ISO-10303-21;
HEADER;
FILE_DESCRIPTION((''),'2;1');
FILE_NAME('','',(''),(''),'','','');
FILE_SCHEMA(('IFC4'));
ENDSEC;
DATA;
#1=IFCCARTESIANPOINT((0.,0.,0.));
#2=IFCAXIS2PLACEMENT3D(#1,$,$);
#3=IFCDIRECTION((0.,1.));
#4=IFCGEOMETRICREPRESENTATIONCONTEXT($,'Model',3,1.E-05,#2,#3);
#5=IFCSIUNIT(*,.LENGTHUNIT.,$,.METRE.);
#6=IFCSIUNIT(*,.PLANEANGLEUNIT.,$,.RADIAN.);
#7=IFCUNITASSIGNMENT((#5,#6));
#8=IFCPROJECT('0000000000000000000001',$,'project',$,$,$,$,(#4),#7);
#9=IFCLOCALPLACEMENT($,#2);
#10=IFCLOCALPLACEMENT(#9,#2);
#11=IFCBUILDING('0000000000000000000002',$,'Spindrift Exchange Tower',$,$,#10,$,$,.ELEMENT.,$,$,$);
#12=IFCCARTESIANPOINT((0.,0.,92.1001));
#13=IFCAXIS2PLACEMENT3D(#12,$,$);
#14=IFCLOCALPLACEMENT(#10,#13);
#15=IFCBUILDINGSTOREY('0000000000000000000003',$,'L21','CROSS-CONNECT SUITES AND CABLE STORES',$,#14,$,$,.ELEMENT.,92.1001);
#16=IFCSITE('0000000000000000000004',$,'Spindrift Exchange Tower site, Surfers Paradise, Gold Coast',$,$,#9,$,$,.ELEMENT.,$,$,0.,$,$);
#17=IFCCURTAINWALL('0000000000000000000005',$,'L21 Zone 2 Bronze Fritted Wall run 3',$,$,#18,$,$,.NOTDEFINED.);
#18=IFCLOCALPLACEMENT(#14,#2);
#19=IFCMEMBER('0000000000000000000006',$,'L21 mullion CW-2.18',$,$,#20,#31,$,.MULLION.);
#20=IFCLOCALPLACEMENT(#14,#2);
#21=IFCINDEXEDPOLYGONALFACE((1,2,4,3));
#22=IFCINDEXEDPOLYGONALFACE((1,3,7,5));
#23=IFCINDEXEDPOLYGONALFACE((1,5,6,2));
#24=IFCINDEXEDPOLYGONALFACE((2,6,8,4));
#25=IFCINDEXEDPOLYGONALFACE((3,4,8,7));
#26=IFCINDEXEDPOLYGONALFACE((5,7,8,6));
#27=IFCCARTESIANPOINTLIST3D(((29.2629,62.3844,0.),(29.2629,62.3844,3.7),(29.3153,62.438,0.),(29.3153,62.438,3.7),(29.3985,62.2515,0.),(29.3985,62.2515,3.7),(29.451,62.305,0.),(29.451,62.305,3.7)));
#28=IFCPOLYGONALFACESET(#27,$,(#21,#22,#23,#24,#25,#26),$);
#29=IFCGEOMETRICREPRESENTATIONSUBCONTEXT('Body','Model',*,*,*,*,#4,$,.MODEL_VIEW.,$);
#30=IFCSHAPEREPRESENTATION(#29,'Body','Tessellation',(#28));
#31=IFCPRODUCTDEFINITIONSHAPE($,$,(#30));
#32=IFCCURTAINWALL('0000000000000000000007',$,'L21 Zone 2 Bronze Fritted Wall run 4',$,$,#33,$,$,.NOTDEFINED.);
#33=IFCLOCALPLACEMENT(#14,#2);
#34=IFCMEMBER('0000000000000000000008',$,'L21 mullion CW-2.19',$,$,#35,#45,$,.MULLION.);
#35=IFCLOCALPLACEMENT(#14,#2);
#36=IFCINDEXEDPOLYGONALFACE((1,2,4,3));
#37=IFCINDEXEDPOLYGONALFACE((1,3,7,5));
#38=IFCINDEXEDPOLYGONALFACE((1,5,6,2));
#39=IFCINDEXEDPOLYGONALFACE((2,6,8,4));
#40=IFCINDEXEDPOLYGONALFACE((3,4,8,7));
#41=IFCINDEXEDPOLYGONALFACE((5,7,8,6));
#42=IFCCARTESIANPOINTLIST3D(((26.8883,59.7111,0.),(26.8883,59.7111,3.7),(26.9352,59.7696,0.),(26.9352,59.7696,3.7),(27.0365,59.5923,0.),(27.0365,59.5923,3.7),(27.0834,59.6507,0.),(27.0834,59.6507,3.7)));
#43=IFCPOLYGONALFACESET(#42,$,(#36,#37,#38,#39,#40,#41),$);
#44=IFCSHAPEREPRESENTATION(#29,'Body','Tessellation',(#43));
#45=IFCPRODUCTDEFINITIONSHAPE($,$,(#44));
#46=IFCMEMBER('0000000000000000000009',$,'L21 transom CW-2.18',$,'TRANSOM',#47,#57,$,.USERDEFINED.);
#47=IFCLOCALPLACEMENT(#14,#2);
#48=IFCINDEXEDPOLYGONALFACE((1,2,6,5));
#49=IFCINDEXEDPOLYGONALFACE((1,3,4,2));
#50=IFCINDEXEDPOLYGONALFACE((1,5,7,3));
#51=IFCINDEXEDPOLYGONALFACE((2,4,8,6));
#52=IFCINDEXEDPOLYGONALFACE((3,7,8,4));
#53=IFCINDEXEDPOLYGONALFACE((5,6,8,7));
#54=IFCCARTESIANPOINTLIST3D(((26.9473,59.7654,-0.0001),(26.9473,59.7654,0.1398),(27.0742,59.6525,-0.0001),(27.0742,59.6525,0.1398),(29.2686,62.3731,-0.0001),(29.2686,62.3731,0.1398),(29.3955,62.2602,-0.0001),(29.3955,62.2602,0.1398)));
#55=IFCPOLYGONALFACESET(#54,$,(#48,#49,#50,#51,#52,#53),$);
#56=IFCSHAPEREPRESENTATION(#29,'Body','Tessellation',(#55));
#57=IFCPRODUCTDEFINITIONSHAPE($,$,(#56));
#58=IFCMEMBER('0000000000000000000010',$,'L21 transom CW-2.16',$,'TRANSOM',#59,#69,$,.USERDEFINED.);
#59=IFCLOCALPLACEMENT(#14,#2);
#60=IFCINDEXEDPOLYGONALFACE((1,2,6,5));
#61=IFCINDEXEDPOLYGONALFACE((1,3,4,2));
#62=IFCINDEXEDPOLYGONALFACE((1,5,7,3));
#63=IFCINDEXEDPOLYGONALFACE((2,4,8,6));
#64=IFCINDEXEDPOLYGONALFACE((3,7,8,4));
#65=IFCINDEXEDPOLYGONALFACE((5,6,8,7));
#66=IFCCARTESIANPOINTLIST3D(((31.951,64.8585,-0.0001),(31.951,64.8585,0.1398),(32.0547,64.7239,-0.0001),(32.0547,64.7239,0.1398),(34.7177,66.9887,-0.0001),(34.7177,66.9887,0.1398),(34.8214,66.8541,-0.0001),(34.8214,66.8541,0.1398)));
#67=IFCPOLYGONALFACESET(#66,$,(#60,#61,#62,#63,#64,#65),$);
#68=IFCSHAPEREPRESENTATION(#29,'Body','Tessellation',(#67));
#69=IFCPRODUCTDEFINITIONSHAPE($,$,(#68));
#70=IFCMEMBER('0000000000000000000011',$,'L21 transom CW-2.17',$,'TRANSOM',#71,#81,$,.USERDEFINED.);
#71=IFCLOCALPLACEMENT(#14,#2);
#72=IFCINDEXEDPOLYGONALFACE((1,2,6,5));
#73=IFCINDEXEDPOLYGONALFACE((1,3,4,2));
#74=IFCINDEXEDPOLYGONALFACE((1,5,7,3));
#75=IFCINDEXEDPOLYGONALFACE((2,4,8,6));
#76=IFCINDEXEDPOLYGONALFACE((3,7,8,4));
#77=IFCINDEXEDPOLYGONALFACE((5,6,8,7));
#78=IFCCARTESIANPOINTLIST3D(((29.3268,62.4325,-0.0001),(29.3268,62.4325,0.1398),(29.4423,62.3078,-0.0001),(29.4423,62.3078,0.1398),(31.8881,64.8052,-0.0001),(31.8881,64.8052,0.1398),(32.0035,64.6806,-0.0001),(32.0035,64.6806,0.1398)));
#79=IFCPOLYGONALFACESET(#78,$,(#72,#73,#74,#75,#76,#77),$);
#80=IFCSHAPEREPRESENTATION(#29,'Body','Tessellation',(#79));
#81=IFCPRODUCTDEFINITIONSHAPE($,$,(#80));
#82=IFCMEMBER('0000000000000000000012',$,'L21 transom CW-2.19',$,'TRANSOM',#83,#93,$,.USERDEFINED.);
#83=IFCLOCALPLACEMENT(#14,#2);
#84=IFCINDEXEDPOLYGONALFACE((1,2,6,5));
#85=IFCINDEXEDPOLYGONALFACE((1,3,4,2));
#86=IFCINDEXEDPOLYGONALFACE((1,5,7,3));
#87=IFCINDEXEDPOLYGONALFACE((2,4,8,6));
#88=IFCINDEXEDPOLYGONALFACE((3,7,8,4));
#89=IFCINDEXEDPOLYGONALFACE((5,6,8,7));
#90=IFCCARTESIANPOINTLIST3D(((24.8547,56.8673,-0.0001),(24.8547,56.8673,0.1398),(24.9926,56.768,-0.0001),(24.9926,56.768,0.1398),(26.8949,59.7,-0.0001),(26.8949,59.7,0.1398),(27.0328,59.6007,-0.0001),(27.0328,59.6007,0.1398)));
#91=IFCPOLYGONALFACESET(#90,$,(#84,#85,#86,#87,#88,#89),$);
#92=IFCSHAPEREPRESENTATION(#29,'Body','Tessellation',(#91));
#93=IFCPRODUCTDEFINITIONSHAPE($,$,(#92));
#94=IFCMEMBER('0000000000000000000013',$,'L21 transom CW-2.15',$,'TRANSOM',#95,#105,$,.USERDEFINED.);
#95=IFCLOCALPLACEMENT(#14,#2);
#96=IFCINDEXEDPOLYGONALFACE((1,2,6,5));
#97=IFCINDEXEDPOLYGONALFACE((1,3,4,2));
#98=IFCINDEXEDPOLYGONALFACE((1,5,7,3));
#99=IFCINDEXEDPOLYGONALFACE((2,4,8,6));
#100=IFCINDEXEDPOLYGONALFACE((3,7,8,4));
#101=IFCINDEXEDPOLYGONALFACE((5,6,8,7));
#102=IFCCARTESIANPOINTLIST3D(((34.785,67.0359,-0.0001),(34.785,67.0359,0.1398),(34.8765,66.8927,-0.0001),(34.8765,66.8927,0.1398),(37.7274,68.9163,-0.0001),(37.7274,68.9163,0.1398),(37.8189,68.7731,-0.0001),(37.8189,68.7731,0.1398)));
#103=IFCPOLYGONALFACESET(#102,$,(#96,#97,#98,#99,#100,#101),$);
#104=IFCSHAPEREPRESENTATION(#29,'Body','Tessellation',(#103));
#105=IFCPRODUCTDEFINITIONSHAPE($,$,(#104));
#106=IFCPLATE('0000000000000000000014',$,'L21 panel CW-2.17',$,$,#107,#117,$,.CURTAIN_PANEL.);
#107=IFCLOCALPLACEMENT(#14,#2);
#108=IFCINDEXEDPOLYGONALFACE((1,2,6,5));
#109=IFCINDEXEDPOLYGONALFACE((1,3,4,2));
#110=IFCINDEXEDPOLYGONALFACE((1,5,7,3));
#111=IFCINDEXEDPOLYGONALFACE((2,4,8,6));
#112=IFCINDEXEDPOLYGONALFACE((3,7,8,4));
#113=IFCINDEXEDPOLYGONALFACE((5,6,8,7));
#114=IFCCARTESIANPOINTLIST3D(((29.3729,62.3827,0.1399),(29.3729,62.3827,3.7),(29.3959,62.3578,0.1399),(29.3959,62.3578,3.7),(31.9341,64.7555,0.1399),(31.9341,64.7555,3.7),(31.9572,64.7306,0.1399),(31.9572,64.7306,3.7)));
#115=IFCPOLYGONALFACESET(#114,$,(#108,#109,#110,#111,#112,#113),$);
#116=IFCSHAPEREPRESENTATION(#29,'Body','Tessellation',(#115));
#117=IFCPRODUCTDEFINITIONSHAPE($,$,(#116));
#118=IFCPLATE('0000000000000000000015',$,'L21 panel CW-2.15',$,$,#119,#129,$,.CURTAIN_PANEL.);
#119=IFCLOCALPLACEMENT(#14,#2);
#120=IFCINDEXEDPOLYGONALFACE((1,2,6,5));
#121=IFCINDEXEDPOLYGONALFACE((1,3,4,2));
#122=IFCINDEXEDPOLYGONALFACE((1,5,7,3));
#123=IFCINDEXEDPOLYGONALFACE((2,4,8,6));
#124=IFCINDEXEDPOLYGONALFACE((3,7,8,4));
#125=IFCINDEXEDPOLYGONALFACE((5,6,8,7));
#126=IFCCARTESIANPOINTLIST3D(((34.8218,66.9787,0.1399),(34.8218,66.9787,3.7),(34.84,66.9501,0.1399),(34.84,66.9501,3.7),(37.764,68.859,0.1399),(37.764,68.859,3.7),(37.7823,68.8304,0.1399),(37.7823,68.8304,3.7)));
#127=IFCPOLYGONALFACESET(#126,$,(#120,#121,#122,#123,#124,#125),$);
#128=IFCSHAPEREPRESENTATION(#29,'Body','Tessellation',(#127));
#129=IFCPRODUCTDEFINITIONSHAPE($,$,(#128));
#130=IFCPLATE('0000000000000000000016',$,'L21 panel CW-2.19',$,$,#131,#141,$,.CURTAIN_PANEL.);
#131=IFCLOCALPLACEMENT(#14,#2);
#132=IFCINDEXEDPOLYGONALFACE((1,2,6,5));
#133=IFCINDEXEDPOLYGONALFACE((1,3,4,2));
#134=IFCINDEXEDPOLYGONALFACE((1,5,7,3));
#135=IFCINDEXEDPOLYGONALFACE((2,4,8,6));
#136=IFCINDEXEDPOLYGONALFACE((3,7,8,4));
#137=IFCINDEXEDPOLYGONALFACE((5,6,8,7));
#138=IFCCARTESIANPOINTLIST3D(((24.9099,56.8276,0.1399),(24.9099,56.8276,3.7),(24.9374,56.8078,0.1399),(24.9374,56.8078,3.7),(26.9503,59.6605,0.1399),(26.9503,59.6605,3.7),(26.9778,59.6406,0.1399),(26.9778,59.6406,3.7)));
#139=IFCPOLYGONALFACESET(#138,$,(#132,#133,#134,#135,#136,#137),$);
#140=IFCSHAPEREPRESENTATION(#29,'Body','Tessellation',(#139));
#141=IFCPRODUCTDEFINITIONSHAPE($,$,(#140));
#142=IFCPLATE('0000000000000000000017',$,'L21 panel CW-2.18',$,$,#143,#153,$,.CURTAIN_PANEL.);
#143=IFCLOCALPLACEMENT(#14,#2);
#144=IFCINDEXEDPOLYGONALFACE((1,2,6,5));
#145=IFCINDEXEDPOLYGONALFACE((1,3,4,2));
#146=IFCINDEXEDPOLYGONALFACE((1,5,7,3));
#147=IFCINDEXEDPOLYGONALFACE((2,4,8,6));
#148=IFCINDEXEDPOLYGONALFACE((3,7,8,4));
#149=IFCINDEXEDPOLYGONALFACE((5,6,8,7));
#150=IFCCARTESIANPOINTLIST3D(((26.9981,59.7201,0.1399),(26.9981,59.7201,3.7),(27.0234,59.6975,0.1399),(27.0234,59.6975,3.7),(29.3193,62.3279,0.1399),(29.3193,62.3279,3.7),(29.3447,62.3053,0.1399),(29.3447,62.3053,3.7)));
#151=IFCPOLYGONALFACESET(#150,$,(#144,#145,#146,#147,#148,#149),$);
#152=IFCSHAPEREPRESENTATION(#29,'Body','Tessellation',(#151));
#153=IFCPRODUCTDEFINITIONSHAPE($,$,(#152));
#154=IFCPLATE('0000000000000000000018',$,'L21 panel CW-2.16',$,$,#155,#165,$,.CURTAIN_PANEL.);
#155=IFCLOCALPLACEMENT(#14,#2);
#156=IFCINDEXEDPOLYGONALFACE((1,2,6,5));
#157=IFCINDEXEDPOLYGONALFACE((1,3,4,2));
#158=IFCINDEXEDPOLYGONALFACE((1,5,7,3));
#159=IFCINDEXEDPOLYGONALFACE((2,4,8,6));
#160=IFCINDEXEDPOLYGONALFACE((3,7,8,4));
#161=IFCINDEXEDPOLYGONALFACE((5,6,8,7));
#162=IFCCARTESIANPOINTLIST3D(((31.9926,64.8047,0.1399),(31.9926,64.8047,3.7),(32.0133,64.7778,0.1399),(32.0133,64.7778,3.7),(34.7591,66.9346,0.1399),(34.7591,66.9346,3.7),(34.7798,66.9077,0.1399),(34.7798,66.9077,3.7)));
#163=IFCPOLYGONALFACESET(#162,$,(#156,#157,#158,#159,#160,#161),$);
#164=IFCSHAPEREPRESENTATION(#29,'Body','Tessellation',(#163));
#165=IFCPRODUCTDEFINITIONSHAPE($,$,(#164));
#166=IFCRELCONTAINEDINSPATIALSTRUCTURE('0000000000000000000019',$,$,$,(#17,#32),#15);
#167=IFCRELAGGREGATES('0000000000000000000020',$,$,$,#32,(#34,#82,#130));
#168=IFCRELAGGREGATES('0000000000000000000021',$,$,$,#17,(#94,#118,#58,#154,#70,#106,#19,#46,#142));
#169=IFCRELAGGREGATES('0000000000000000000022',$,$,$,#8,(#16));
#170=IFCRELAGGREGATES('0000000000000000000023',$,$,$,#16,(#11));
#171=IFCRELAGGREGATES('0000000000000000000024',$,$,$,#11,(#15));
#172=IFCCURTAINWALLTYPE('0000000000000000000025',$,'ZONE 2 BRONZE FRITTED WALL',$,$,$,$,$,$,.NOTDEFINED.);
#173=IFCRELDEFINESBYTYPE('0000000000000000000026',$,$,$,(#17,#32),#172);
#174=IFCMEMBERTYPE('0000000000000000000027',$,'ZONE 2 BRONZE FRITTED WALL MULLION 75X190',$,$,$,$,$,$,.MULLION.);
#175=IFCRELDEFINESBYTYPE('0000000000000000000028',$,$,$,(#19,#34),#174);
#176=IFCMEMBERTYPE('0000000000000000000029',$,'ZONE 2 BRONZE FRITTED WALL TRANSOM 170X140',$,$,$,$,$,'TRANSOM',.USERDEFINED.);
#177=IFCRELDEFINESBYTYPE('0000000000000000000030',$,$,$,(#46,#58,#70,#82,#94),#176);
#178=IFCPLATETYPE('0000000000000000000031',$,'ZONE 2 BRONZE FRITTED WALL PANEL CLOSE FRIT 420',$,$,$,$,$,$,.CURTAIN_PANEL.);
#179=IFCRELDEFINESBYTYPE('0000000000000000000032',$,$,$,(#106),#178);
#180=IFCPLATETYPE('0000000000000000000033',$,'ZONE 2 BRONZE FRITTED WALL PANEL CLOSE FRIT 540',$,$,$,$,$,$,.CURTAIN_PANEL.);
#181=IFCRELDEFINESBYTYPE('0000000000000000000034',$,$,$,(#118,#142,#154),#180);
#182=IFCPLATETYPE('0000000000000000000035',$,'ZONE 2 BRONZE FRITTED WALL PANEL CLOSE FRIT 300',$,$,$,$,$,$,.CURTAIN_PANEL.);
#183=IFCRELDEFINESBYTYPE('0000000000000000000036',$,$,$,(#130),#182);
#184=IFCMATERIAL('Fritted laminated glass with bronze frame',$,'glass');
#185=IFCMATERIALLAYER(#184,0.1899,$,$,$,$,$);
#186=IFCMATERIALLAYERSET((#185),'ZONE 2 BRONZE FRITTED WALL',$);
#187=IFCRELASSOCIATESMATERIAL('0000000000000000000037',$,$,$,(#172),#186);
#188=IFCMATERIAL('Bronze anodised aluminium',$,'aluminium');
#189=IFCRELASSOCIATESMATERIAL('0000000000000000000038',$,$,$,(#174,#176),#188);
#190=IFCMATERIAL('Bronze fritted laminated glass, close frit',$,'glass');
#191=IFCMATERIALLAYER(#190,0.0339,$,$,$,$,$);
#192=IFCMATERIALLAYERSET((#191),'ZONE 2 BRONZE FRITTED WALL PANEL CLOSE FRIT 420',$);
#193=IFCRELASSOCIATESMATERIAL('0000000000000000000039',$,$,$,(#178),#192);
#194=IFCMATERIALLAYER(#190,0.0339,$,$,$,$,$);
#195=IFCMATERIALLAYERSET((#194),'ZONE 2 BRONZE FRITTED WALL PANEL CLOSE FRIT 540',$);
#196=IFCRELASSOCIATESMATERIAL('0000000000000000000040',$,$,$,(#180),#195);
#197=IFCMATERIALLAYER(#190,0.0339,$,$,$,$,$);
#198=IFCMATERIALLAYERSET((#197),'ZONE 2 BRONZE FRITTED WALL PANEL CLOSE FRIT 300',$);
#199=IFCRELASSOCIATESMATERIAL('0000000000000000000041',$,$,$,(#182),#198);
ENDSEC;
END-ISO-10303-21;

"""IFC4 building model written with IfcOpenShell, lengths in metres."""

from ifc_helpers import new_model, si_unit, direction, frame, origin, origin_2d, place, context, subcontext, project, spatial, rectangle, extrude, source, transform, mapped, material, layer, layer_set, material_profile, profile_set, type_object, element, aggregate, save


model = new_model("IFC4")

# Units and contexts
model_context = context("Model", 3, precision=1e-05, world=origin(), true_north=direction((0.0, 1.0)))
body_context = subcontext(model_context, "Body", "Model", "MODEL_VIEW")
ifc_project = project(units=[si_unit("LENGTHUNIT", "METRE"), si_unit("PLANEANGLEUNIT", "RADIAN")], contexts=[model_context])

# Site, building, storey
site_placement = place(None, origin())
site = spatial("IfcSite", under=ifc_project, at=site_placement, Name="Spindrift Exchange Tower site, Surfers Paradise, Gold Coast", CompositionType="ELEMENT", RefElevation=0.0)
building_placement = place(site_placement, origin())
building = spatial("IfcBuilding", under=site, at=building_placement, Name="Spindrift Exchange Tower", CompositionType="ELEMENT")
storey_placement = place(building_placement, frame((0.0, 0.0, 92.1001)))
storey = spatial("IfcBuildingStorey", under=building, at=storey_placement, Name="L21", Description="CROSS-CONNECT SUITES AND CABLE STORES", CompositionType="ELEMENT", Elevation=92.1001)

# Curtain wall, member
ifc_material_1 = material(Name="Fritted laminated glass with bronze frame", Category="glass")
ifc_layer_1 = layer(ifc_material_1, 0.1899)
ifc_layer_set_1 = layer_set([ifc_layer_1], Name="ZONE 2 BRONZE FRITTED WALL")
curtain_wall_type = type_object("IfcCurtainWallType", Name="ZONE 2 BRONZE FRITTED WALL", PredefinedType="NOTDEFINED", material=ifc_layer_set_1)
curtain_wall_1_placement = place(storey_placement, origin())
curtain_wall_1 = element("IfcCurtainWall", 1, at=curtain_wall_1_placement, inside=storey, type_object=curtain_wall_type, Name="L21 Zone 2 Bronze Fritted Wall run 3", PredefinedType="NOTDEFINED")
ifc_material_2 = material(Name="Bronze anodised aluminium", Category="aluminium")
ifc_material_profile_1 = material_profile(ifc_material_2, rectangle(XDim=0.075, YDim=0.1899, at=origin_2d()), Name="ZONE 2 BRONZE FRITTED WALL MULLION 75X190")
ifc_profile_set_1 = profile_set([ifc_material_profile_1], Name="Bronze anodised aluminium")
member_type_1 = type_object("IfcMemberType", Name="ZONE 2 BRONZE FRITTED WALL MULLION 75X190", PredefinedType="MULLION", material=ifc_profile_set_1)
shared_shape_1 = source(origin(), body_context, "Body", "SweptSolid", [
    extrude(rectangle(XDim=0.075, YDim=0.1899, at=origin_2d()), origin(), (0.0, 0.0, 1.0), 3.7),
])
member_1_placement = place(storey_placement, frame((29.3569, 62.3447, 0.0), z_axis=(0.0, 0.0, 1.0), x_axis=(-0.700038, -0.714105, 0.0)))
member_1 = element("IfcMember", 2, at=member_1_placement, type_object=member_type_1, Name="L21 mullion CW-2.18", PredefinedType="MULLION", context=body_context, shape_type="MappedRepresentation", body=[
    mapped(shared_shape_1, transform((0.0, 0.0, 0.0), scale=1.0)),
])

# Curtain wall, member
curtain_wall_2_placement = place(storey_placement, origin())
curtain_wall_2 = element("IfcCurtainWall", 3, at=curtain_wall_2_placement, inside=storey, type_object=curtain_wall_type, Name="L21 Zone 2 Bronze Fritted Wall run 4", PredefinedType="NOTDEFINED")
member_2_placement = place(storey_placement, frame((26.9858, 59.6809, 0.0), z_axis=(0.0, 0.0, 1.0), x_axis=(-0.625497, -0.780227, 0.0)))
member_2 = element("IfcMember", 4, at=member_2_placement, type_object=member_type_1, Name="L21 mullion CW-2.19", PredefinedType="MULLION", context=body_context, shape_type="MappedRepresentation", body=[
    mapped(shared_shape_1, transform((0.0, 0.0, 0.0), scale=1.0)),
])

# Members
ifc_material_profile_2 = material_profile(ifc_material_2, rectangle(XDim=0.1699, YDim=0.1399, at=origin_2d()), Name="ZONE 2 BRONZE FRITTED WALL TRANSOM 170X140")
ifc_profile_set_2 = profile_set([ifc_material_profile_2], Name="Bronze anodised aluminium")
member_type_2 = type_object("IfcMemberType", Name="ZONE 2 BRONZE FRITTED WALL TRANSOM 170X140", ElementType="TRANSOM", PredefinedType="USERDEFINED", material=ifc_profile_set_2)
shared_shape_2 = source(origin(), body_context, "Body", "SweptSolid", [
    extrude(rectangle(XDim=0.1699, YDim=0.1399, at=origin_2d()), origin(), (0.0, 0.0, 1.0), 3.4912),
])
member_3_placement = place(storey_placement, frame((29.332, 62.3167, 0.0698), z_axis=(-0.664902, -0.746931, 0.0), x_axis=(0.746931, -0.664902, 0.0)))
member_3 = element("IfcMember", 5, at=member_3_placement, type_object=member_type_2, Name="L21 transom CW-2.18", ObjectType="TRANSOM", PredefinedType="USERDEFINED", context=body_context, shape_type="MappedRepresentation", body=[
    mapped(shared_shape_2, transform((0.0, 0.0, 0.0), scale=1.0)),
])
shared_shape_3 = source(origin(), body_context, "Body", "SweptSolid", [
    extrude(rectangle(XDim=0.1699, YDim=0.1399, at=origin_2d()), origin(), (0.0, 0.0, 1.0), 3.4917),
])
member_4_placement = place(storey_placement, frame((34.7695, 66.9214, 0.0698), z_axis=(-0.792351, -0.610066, 0.0), x_axis=(0.610066, -0.792351, 0.0)))
member_4 = element("IfcMember", 6, at=member_4_placement, type_object=member_type_2, Name="L21 transom CW-2.16", ObjectType="TRANSOM", PredefinedType="USERDEFINED", context=body_context, shape_type="MappedRepresentation", body=[
    mapped(shared_shape_3, transform((0.0, 0.0, 0.0), scale=1.0)),
])
shared_shape_4 = source(origin(), body_context, "Body", "SweptSolid", [
    extrude(rectangle(XDim=0.1699, YDim=0.1399, at=origin_2d()), origin(), (0.0, 0.0, 1.0), 3.4915),
])
member_5_placement = place(storey_placement, frame((31.9458, 64.7429, 0.0698), z_axis=(-0.733582, -0.6796, 0.0), x_axis=(0.6796, -0.733582, 0.0)))
member_5 = element("IfcMember", 7, at=member_5_placement, type_object=member_type_2, Name="L21 transom CW-2.17", ObjectType="TRANSOM", PredefinedType="USERDEFINED", context=body_context, shape_type="MappedRepresentation", body=[
    mapped(shared_shape_4, transform((0.0, 0.0, 0.0), scale=1.0)),
])
shared_shape_5 = source(origin(), body_context, "Body", "SweptSolid", [
    extrude(rectangle(XDim=0.1699, YDim=0.1399, at=origin_2d()), origin(), (0.0, 0.0, 1.0), 3.491),
])
member_6_placement = place(storey_placement, frame((26.9639, 59.6504, 0.0698), z_axis=(-0.584436, -0.81144, 0.0), x_axis=(0.81144, -0.584436, 0.0)))
member_6 = element("IfcMember", 8, at=member_6_placement, type_object=member_type_2, Name="L21 transom CW-2.19", ObjectType="TRANSOM", PredefinedType="USERDEFINED", context=body_context, shape_type="MappedRepresentation", body=[
    mapped(shared_shape_5, transform((0.0, 0.0, 0.0), scale=1.0)),
])
shared_shape_6 = source(origin(), body_context, "Body", "SweptSolid", [
    extrude(rectangle(XDim=0.1699, YDim=0.1399, at=origin_2d()), origin(), (0.0, 0.0, 1.0), 3.4919),
])
member_7_placement = place(storey_placement, frame((37.7732, 68.8447, 0.0698), z_axis=(-0.842629, -0.538494, 0.0), x_axis=(0.538494, -0.842629, 0.0)))
member_7 = element("IfcMember", 9, at=member_7_placement, type_object=member_type_2, Name="L21 transom CW-2.15", ObjectType="TRANSOM", PredefinedType="USERDEFINED", context=body_context, shape_type="MappedRepresentation", body=[
    mapped(shared_shape_6, transform((0.0, 0.0, 0.0), scale=1.0)),
])

# Plates
ifc_material_3 = material(Name="Bronze fritted laminated glass, close frit", Category="glass")
ifc_layer_2 = layer(ifc_material_3, 0.0339)
ifc_layer_set_2 = layer_set([ifc_layer_2], Name="ZONE 2 BRONZE FRITTED WALL PANEL CLOSE FRIT 420")
plate_type_1 = type_object("IfcPlateType", Name="ZONE 2 BRONZE FRITTED WALL PANEL CLOSE FRIT 420", PredefinedType="CURTAIN_PANEL", material=ifc_layer_set_2)
shared_shape_7 = source(origin(), body_context, "Body", "SweptSolid", [
    extrude(rectangle(XDim=3.4915, YDim=0.0339, at=origin_2d()), origin(), (0.0, 0.0, 1.0), 3.5601),
])
plate_1_placement = place(storey_placement, frame((30.665, 63.5566, 0.1399), z_axis=(0.0, 0.0, 1.0), x_axis=(-0.733579, -0.679604, 0.0)))
plate_1 = element("IfcPlate", 10, at=plate_1_placement, type_object=plate_type_1, Name="L21 panel CW-2.17", PredefinedType="CURTAIN_PANEL", context=body_context, shape_type="MappedRepresentation", body=[
    mapped(shared_shape_7, transform((0.0, 0.0, 0.0), scale=1.0)),
])
ifc_layer_3 = layer(ifc_material_3, 0.0339)
ifc_layer_set_3 = layer_set([ifc_layer_3], Name="ZONE 2 BRONZE FRITTED WALL PANEL CLOSE FRIT 540")
plate_type_2 = type_object("IfcPlateType", Name="ZONE 2 BRONZE FRITTED WALL PANEL CLOSE FRIT 540", PredefinedType="CURTAIN_PANEL", material=ifc_layer_set_3)
shared_shape_8 = source(origin(), body_context, "Body", "SweptSolid", [
    extrude(rectangle(XDim=3.4917, YDim=0.0339, at=origin_2d()), origin(), (0.0, 0.0, 1.0), 3.5601),
])
plate_2_placement = place(storey_placement, frame((36.302, 67.9045, 0.1399), z_axis=(0.0, 0.0, 1.0), x_axis=(-0.842635, -0.538486, 0.0)))
plate_2 = element("IfcPlate", 11, at=plate_2_placement, type_object=plate_type_2, Name="L21 panel CW-2.15", PredefinedType="CURTAIN_PANEL", context=body_context, shape_type="MappedRepresentation", body=[
    mapped(shared_shape_8, transform((0.0, 0.0, 0.0), scale=1.0)),
])
ifc_layer_4 = layer(ifc_material_3, 0.0339)
ifc_layer_set_4 = layer_set([ifc_layer_4], Name="ZONE 2 BRONZE FRITTED WALL PANEL CLOSE FRIT 300")
plate_type_3 = type_object("IfcPlateType", Name="ZONE 2 BRONZE FRITTED WALL PANEL CLOSE FRIT 300", PredefinedType="CURTAIN_PANEL", material=ifc_layer_set_4)
shared_shape_9 = source(origin(), body_context, "Body", "SweptSolid", [
    extrude(rectangle(XDim=3.4912, YDim=0.0339, at=origin_2d()), origin(), (0.0, 0.0, 1.0), 3.5601),
])
plate_3_placement = place(storey_placement, frame((25.9438, 58.2341, 0.1399), z_axis=(0.0, 0.0, 1.0), x_axis=(-0.584454, -0.811427, 0.0)))
plate_3 = element("IfcPlate", 12, at=plate_3_placement, type_object=plate_type_3, Name="L21 panel CW-2.19", PredefinedType="CURTAIN_PANEL", context=body_context, shape_type="MappedRepresentation", body=[
    mapped(shared_shape_9, transform((0.0, 0.0, 0.0), scale=1.0)),
])
aggregate(curtain_wall_2, [member_2, member_6, plate_3])
shared_shape_10 = source(origin(), body_context, "Body", "SweptSolid", [
    extrude(rectangle(XDim=3.4912, YDim=0.0339, at=origin_2d()), origin(), (0.0, 0.0, 1.0), 3.5601),
])
plate_4_placement = place(storey_placement, frame((28.1714, 61.0127, 0.1399), z_axis=(0.0, 0.0, 1.0), x_axis=(-0.664877, -0.746953, 0.0)))
plate_4 = element("IfcPlate", 13, at=plate_4_placement, type_object=plate_type_2, Name="L21 panel CW-2.18", PredefinedType="CURTAIN_PANEL", context=body_context, shape_type="MappedRepresentation", body=[
    mapped(shared_shape_10, transform((0.0, 0.0, 0.0), scale=1.0)),
])
shared_shape_11 = source(origin(), body_context, "Body", "SweptSolid", [
    extrude(rectangle(XDim=3.4915, YDim=0.0339, at=origin_2d()), origin(), (0.0, 0.0, 1.0), 3.5601),
])
plate_5_placement = place(storey_placement, frame((33.3862, 65.8562, 0.1399), z_axis=(0.0, 0.0, 1.0), x_axis=(-0.792373, -0.610037, 0.0)))
plate_5 = element("IfcPlate", 14, at=plate_5_placement, type_object=plate_type_2, Name="L21 panel CW-2.16", PredefinedType="CURTAIN_PANEL", context=body_context, shape_type="MappedRepresentation", body=[
    mapped(shared_shape_11, transform((0.0, 0.0, 0.0), scale=1.0)),
])
aggregate(curtain_wall_1, [member_7, plate_2, member_4, plate_5, member_5, plate_1, member_1, member_3, plate_4])

save(model, "model.ifc")
